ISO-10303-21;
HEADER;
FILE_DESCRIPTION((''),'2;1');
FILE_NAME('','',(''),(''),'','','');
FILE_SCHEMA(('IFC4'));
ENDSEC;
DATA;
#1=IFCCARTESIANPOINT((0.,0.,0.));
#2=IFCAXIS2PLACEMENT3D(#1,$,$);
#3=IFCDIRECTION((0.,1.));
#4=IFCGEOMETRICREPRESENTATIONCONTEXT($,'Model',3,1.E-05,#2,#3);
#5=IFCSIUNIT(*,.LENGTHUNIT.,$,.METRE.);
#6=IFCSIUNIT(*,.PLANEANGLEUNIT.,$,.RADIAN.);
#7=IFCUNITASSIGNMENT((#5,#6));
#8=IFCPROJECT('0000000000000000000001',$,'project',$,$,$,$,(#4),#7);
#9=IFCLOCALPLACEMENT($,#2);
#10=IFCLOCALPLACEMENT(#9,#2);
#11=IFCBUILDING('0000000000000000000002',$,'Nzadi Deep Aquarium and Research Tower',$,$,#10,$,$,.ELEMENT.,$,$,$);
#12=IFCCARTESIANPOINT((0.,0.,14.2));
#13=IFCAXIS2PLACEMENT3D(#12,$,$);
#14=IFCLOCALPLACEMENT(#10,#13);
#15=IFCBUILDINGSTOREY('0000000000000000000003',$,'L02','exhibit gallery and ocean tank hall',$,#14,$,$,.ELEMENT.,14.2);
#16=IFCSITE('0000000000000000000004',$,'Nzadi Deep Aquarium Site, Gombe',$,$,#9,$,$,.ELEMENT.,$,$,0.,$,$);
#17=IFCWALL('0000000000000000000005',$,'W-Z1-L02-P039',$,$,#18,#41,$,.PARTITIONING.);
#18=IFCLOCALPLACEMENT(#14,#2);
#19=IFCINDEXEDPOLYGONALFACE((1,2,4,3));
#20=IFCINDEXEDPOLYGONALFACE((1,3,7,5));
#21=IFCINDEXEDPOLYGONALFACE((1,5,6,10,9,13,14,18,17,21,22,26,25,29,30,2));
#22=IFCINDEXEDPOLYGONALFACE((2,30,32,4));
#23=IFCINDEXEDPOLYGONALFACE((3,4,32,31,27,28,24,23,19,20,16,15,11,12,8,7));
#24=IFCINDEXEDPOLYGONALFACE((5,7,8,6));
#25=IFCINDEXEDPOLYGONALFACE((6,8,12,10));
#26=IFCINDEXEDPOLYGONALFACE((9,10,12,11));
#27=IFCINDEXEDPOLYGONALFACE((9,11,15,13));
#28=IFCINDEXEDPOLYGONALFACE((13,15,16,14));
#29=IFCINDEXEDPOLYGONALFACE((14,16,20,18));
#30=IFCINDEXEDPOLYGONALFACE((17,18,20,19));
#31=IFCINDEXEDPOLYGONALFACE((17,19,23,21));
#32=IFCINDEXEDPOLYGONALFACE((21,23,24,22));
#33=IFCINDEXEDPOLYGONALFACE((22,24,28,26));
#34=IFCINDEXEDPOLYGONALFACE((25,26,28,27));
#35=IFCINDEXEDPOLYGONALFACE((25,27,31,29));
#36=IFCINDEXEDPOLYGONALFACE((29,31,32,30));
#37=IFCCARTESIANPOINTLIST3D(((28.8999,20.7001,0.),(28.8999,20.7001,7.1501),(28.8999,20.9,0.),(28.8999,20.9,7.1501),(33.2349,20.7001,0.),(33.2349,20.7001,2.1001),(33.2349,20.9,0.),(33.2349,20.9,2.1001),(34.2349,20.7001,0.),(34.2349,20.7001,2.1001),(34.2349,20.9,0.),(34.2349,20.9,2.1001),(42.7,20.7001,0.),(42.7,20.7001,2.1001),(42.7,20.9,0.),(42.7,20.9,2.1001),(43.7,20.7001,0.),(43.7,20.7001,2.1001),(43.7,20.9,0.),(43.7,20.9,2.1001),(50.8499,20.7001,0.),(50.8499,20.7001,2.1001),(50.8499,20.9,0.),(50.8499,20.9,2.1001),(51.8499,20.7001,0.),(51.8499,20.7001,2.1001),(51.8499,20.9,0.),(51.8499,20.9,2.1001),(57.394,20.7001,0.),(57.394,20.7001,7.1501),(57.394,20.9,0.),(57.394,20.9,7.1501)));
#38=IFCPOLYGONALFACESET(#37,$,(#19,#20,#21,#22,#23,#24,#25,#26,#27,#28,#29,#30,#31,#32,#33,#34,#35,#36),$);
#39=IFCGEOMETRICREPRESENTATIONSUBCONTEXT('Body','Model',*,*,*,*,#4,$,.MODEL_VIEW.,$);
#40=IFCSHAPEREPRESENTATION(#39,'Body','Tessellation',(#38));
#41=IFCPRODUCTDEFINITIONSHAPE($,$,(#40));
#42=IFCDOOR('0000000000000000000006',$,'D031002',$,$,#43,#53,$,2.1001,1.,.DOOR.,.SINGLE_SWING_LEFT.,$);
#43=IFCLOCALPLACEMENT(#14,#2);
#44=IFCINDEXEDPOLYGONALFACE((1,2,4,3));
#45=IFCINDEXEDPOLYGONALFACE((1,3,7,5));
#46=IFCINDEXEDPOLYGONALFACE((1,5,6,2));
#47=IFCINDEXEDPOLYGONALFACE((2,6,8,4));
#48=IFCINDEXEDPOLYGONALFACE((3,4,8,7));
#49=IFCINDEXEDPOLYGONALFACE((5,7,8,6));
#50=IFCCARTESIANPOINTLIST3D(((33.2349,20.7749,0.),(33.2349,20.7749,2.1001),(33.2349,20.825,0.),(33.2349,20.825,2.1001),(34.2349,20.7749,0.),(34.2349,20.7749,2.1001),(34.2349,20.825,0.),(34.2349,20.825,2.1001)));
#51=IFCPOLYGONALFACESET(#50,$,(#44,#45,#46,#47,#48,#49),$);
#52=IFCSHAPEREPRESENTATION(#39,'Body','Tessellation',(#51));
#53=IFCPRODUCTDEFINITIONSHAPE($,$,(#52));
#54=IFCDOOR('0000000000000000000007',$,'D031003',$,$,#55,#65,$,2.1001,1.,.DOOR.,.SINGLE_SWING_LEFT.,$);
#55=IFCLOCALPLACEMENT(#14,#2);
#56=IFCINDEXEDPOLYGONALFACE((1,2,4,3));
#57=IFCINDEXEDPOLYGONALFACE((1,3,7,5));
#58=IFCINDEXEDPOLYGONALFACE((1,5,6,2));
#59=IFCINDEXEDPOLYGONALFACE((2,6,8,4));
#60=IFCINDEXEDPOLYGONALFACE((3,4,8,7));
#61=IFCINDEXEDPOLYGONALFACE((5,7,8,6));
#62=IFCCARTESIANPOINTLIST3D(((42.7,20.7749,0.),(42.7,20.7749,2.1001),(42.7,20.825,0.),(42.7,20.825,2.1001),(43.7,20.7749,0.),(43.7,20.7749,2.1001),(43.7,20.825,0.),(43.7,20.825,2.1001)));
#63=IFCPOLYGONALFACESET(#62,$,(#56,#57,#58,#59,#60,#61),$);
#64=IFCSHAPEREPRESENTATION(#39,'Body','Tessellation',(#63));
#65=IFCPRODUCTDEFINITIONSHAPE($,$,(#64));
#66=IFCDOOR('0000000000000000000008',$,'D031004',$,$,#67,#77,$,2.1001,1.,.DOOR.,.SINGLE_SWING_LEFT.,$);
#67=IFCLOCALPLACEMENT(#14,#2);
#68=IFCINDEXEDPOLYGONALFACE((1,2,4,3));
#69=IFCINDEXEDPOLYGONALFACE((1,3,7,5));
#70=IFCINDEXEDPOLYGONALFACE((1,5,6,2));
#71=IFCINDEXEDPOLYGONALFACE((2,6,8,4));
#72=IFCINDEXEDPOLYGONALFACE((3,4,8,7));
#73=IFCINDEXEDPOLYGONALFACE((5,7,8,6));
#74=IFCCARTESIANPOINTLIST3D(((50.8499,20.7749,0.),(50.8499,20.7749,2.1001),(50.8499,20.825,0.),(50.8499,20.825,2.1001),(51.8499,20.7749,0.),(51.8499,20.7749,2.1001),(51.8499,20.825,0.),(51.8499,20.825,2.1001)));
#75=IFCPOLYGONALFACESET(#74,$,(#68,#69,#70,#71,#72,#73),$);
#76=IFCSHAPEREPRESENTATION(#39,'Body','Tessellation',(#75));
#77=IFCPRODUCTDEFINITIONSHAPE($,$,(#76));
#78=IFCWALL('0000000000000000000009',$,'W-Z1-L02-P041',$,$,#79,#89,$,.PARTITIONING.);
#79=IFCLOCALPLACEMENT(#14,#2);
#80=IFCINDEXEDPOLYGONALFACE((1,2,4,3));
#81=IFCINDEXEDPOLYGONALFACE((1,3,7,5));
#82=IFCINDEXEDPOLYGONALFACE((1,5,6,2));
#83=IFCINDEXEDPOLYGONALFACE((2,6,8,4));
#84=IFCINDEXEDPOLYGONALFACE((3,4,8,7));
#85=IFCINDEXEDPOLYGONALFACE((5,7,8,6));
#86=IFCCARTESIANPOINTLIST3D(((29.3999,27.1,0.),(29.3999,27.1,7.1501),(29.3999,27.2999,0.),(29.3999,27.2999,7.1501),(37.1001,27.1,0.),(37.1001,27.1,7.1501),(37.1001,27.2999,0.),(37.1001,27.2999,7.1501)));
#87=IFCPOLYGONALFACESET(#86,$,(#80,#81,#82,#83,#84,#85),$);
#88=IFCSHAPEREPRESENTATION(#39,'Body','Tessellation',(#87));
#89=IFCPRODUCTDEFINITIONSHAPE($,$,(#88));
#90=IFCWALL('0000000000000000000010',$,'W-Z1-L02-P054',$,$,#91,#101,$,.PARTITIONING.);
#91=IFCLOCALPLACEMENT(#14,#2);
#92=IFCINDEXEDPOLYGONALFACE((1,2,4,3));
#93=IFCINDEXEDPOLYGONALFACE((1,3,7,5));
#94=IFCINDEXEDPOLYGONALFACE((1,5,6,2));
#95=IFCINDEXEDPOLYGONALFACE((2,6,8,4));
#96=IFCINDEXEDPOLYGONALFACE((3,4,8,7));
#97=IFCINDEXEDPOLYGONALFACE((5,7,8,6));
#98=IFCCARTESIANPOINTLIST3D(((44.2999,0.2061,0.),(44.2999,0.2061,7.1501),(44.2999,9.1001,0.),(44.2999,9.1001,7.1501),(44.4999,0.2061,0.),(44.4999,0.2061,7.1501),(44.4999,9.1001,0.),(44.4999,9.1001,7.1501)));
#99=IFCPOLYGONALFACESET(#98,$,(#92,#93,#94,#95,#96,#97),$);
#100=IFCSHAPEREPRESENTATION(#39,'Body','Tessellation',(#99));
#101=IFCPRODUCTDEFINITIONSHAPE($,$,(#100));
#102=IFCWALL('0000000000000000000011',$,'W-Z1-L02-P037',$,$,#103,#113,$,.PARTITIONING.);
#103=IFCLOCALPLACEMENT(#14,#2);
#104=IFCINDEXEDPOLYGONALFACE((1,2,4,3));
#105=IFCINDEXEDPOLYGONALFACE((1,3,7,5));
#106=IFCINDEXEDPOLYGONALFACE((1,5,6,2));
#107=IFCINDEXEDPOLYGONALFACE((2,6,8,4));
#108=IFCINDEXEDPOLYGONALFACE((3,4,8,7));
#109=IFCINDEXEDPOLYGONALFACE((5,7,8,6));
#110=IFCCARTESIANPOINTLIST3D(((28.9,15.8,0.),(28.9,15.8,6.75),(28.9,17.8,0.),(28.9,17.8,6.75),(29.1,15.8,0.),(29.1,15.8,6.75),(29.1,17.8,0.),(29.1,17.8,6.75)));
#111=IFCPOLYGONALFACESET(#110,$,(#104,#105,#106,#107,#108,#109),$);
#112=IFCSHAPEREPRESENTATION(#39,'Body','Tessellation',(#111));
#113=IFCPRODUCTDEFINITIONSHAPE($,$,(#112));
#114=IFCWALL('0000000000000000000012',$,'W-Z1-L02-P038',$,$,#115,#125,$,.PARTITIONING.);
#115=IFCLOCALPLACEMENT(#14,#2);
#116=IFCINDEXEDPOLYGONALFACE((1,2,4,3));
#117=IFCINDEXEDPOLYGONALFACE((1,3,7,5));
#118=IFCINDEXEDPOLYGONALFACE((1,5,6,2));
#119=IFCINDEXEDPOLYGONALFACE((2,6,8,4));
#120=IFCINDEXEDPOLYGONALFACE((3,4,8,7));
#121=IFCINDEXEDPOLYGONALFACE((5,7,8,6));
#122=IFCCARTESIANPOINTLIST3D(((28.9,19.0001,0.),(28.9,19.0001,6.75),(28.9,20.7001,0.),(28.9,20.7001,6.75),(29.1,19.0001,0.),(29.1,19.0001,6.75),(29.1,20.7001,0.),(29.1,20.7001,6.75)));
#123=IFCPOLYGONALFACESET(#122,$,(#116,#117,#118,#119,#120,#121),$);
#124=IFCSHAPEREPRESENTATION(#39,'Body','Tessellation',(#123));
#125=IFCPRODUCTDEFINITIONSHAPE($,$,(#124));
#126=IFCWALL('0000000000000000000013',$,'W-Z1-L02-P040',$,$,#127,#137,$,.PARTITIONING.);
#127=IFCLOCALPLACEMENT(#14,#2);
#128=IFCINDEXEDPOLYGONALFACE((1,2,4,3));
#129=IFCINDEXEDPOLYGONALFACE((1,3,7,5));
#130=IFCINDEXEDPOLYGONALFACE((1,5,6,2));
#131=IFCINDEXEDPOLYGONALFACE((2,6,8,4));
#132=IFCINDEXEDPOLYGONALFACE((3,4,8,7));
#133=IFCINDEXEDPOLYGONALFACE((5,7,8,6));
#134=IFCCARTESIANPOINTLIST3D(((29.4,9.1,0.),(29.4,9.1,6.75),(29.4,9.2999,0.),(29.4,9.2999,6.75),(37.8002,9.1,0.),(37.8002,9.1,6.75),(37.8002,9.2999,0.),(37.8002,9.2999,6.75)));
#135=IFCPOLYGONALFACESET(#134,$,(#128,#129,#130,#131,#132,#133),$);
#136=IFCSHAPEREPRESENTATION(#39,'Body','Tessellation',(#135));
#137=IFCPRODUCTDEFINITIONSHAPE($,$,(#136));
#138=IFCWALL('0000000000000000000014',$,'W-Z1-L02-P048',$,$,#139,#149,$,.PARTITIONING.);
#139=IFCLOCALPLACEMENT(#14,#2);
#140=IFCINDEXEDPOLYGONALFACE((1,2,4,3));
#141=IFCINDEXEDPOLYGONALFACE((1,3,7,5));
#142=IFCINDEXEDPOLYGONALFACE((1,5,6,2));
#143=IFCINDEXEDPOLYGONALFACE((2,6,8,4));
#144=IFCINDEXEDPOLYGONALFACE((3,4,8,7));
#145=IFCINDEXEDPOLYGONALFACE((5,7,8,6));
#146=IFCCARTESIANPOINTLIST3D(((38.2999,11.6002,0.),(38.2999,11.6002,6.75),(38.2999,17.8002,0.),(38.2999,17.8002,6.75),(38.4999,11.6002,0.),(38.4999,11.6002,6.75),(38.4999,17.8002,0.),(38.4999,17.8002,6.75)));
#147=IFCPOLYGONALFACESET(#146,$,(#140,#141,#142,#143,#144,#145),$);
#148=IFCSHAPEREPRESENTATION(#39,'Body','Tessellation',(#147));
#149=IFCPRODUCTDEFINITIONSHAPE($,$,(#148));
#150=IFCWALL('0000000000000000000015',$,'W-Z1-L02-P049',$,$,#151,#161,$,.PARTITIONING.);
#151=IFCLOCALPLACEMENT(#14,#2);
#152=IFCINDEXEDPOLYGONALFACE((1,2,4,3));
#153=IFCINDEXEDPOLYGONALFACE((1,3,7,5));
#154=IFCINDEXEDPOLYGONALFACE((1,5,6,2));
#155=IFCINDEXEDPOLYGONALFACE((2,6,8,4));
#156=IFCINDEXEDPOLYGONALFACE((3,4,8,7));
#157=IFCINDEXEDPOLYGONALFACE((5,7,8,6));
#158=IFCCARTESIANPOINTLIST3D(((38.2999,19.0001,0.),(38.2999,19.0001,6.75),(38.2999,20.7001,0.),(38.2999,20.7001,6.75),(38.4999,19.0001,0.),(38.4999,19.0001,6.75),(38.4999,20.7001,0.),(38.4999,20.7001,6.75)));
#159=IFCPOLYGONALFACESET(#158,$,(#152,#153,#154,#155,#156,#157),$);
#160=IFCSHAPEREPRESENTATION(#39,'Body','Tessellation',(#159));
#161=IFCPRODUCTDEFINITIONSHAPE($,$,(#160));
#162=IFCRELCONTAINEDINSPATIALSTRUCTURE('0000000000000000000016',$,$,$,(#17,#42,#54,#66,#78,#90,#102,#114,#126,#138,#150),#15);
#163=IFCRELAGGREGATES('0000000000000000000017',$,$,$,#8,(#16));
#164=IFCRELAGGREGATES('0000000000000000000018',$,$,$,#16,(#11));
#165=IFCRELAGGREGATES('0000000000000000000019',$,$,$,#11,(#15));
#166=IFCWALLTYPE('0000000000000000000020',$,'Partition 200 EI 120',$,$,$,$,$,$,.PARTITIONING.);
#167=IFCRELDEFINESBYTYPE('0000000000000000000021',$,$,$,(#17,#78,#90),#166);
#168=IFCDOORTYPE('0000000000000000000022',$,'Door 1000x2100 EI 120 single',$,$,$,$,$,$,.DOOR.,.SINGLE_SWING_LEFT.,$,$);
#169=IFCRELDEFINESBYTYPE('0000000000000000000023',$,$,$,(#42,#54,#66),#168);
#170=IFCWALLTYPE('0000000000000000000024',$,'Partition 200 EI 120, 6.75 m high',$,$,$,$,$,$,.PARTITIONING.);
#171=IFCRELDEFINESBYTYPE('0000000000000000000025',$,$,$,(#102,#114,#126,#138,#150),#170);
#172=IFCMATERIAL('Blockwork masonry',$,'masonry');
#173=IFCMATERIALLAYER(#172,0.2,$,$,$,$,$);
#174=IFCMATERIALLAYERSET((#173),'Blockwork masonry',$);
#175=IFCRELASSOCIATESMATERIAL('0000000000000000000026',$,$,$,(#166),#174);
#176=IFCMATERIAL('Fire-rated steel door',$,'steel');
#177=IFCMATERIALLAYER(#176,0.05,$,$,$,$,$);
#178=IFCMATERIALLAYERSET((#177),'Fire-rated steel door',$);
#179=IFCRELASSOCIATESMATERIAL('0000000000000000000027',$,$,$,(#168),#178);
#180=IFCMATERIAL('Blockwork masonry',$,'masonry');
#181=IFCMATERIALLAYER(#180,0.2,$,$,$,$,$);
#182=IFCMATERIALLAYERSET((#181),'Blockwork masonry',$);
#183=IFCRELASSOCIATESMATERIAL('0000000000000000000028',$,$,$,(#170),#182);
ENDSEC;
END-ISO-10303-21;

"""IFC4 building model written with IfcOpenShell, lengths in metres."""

from ifc_helpers import new_model, si_unit, direction, frame, frame_2d, origin, place, context, subcontext, project, spatial, rectangle, extrude, material, layer, layer_set, type_object, element, fill, save


model = new_model("IFC4")

# Units and contexts
model_context = context("Model", 3, precision=1e-05, world=origin(), true_north=direction((0.0, 1.0)))
body_context = subcontext(model_context, "Body", "Model", "MODEL_VIEW")
ifc_project = project(units=[si_unit("LENGTHUNIT", "METRE"), si_unit("PLANEANGLEUNIT", "RADIAN")], contexts=[model_context])

# Site, building, storey
site_placement = place(None, origin())
site = spatial("IfcSite", under=ifc_project, at=site_placement, Name="Nzadi Deep Aquarium Site, Gombe", CompositionType="ELEMENT", RefElevation=0.0)
building_placement = place(site_placement, origin())
building = spatial("IfcBuilding", under=site, at=building_placement, Name="Nzadi Deep Aquarium and Research Tower", CompositionType="ELEMENT")
storey_placement = place(building_placement, frame((0.0, 0.0, 14.2)))
storey = spatial("IfcBuildingStorey", under=building, at=storey_placement, Name="L02", Description="exhibit gallery and ocean tank hall", CompositionType="ELEMENT", Elevation=14.2)

# Wall, openings, doors
ifc_material_1 = material(Name="Blockwork masonry", Category="masonry")
ifc_layer_1 = layer(ifc_material_1, 0.2)
ifc_layer_set_1 = layer_set([ifc_layer_1], Name="Blockwork masonry")
wall_type_1 = type_object("IfcWallType", Name="Partition 200 EI 120", PredefinedType="PARTITIONING", material=ifc_layer_set_1)
wall_1_placement = place(storey_placement, frame((28.8999, 20.8, 0.0), z_axis=(0.0, 0.0, 1.0), x_axis=(1.0, 0.0, 0.0)))
wall_1 = element("IfcWall", 1, at=wall_1_placement, inside=storey, type_object=wall_type_1, Name="W-Z1-L02-P039", PredefinedType="PARTITIONING", context=body_context, shape_type="SweptSolid", body=[
    extrude(rectangle(XDim=28.4941, YDim=0.2, at=frame_2d((14.2471, 0.0))), origin(), (0.0, 0.0, 1.0), 7.1501),
])
opening_1_placement = place(wall_1_placement, frame((4.335, 0.0, 0.0)))
opening_1 = element("IfcOpeningElement", 2, at=opening_1_placement, cuts=wall_1, PredefinedType="OPENING", context=body_context, shape_type="SweptSolid", body=[
    extrude(rectangle(XDim=1.0, YDim=2.1001, at=frame_2d((0.5, 1.05))), frame((0.0, 0.1101, 0.0), z_axis=(0.0, -1.0, 0.0), x_axis=(1.0, 0.0, 0.0)), (0.0, 0.0, 1.0), 0.2202),
])
opening_2_placement = place(wall_1_placement, frame((13.8, 0.0, 0.0)))
opening_2 = element("IfcOpeningElement", 3, at=opening_2_placement, cuts=wall_1, PredefinedType="OPENING", context=body_context, shape_type="SweptSolid", body=[
    extrude(rectangle(XDim=1.0, YDim=2.1001, at=frame_2d((0.5, 1.05))), frame((0.0, 0.1101, 0.0), z_axis=(0.0, -1.0, 0.0), x_axis=(1.0, 0.0, 0.0)), (0.0, 0.0, 1.0), 0.2202),
])
opening_3_placement = place(wall_1_placement, frame((21.95, 0.0, 0.0)))
opening_3 = element("IfcOpeningElement", 4, at=opening_3_placement, cuts=wall_1, PredefinedType="OPENING", context=body_context, shape_type="SweptSolid", body=[
    extrude(rectangle(XDim=1.0, YDim=2.1001, at=frame_2d((0.5, 1.05))), frame((0.0, 0.1101, 0.0), z_axis=(0.0, -1.0, 0.0), x_axis=(1.0, 0.0, 0.0)), (0.0, 0.0, 1.0), 0.2202),
])
ifc_material_2 = material(Name="Fire-rated steel door", Category="steel")
ifc_layer_2 = layer(ifc_material_2, 0.05)
ifc_layer_set_2 = layer_set([ifc_layer_2], Name="Fire-rated steel door")
door_type = type_object("IfcDoorType", Name="Door 1000x2100 EI 120 single", OperationType="SINGLE_SWING_LEFT", PredefinedType="DOOR", material=ifc_layer_set_2)
door_1_placement = place(opening_1_placement, origin())
door_1 = element("IfcDoor", 5, at=door_1_placement, inside=storey, type_object=door_type, Name="D031002", OperationType="SINGLE_SWING_LEFT", OverallHeight=2.1001, OverallWidth=1.0, PredefinedType="DOOR", context=body_context, shape_type="SweptSolid", body=[
    extrude(rectangle(XDim=1.0, YDim=2.1001, at=frame_2d((0.5, 1.05))), frame((0.0, 0.0249, 0.0), z_axis=(0.0, -1.0, 0.0), x_axis=(1.0, 0.0, 0.0)), (0.0, 0.0, 1.0), 0.05),
])
fill(opening_1, door_1)
door_2_placement = place(opening_2_placement, origin())
door_2 = element("IfcDoor", 6, at=door_2_placement, inside=storey, type_object=door_type, Name="D031003", OperationType="SINGLE_SWING_LEFT", OverallHeight=2.1001, OverallWidth=1.0, PredefinedType="DOOR", context=body_context, shape_type="SweptSolid", body=[
    extrude(rectangle(XDim=1.0, YDim=2.1001, at=frame_2d((0.5, 1.05))), frame((0.0, 0.0249, 0.0), z_axis=(0.0, -1.0, 0.0), x_axis=(1.0, 0.0, 0.0)), (0.0, 0.0, 1.0), 0.05),
])
fill(opening_2, door_2)
door_3_placement = place(opening_3_placement, origin())
door_3 = element("IfcDoor", 7, at=door_3_placement, inside=storey, type_object=door_type, Name="D031004", OperationType="SINGLE_SWING_LEFT", OverallHeight=2.1001, OverallWidth=1.0, PredefinedType="DOOR", context=body_context, shape_type="SweptSolid", body=[
    extrude(rectangle(XDim=1.0, YDim=2.1001, at=frame_2d((0.5, 1.05))), frame((0.0, 0.0249, 0.0), z_axis=(0.0, -1.0, 0.0), x_axis=(1.0, 0.0, 0.0)), (0.0, 0.0, 1.0), 0.05),
])
fill(opening_3, door_3)

# Walls
wall_2_placement = place(storey_placement, frame((29.3999, 27.2, 0.0), z_axis=(0.0, 0.0, 1.0), x_axis=(1.0, 0.0, 0.0)))
element("IfcWall", 8, at=wall_2_placement, inside=storey, type_object=wall_type_1, Name="W-Z1-L02-P041", PredefinedType="PARTITIONING", context=body_context, shape_type="SweptSolid", body=[
    extrude(rectangle(XDim=7.7002, YDim=0.2, at=frame_2d((3.8501, 0.0))), origin(), (0.0, 0.0, 1.0), 7.1501),
])
wall_3_placement = place(storey_placement, frame((44.3999, 0.2061, 0.0), z_axis=(0.0, 0.0, 1.0), x_axis=(0.0, 1.0, 0.0)))
element("IfcWall", 9, at=wall_3_placement, inside=storey, type_object=wall_type_1, Name="W-Z1-L02-P054", PredefinedType="PARTITIONING", context=body_context, shape_type="SweptSolid", body=[
    extrude(rectangle(XDim=8.894, YDim=0.2, at=frame_2d((4.447, 0.0))), origin(), (0.0, 0.0, 1.0), 7.1501),
])
ifc_material_3 = material(Name="Blockwork masonry", Category="masonry")
ifc_layer_3 = layer(ifc_material_3, 0.2)
ifc_layer_set_3 = layer_set([ifc_layer_3], Name="Blockwork masonry")
wall_type_2 = type_object("IfcWallType", Name="Partition 200 EI 120, 6.75 m high", PredefinedType="PARTITIONING", material=ifc_layer_set_3)
wall_4_placement = place(storey_placement, frame((29.0, 15.8, 0.0), z_axis=(0.0, 0.0, 1.0), x_axis=(0.0, 1.0, 0.0)))
element("IfcWall", 10, at=wall_4_placement, inside=storey, type_object=wall_type_2, Name="W-Z1-L02-P037", PredefinedType="PARTITIONING", context=body_context, shape_type="SweptSolid", body=[
    extrude(rectangle(XDim=2.0, YDim=0.2, at=frame_2d((1.0, 0.0))), origin(), (0.0, 0.0, 1.0), 6.75),
])
wall_5_placement = place(storey_placement, frame((29.0, 19.0, 0.0), z_axis=(0.0, 0.0, 1.0), x_axis=(0.0, 1.0, 0.0)))
element("IfcWall", 11, at=wall_5_placement, inside=storey, type_object=wall_type_2, Name="W-Z1-L02-P038", PredefinedType="PARTITIONING", context=body_context, shape_type="SweptSolid", body=[
    extrude(rectangle(XDim=1.7, YDim=0.2, at=frame_2d((0.8501, 0.0))), origin(), (0.0, 0.0, 1.0), 6.75),
])
wall_6_placement = place(storey_placement, frame((29.3999, 9.2, 0.0), z_axis=(0.0, 0.0, 1.0), x_axis=(1.0, 0.0, 0.0)))
element("IfcWall", 12, at=wall_6_placement, inside=storey, type_object=wall_type_2, Name="W-Z1-L02-P040", PredefinedType="PARTITIONING", context=body_context, shape_type="SweptSolid", body=[
    extrude(rectangle(XDim=8.4001, YDim=0.2, at=frame_2d((4.2002, 0.0))), origin(), (0.0, 0.0, 1.0), 6.75),
])
wall_7_placement = place(storey_placement, frame((38.3999, 11.6001, 0.0), z_axis=(0.0, 0.0, 1.0), x_axis=(0.0, 1.0, 0.0)))
element("IfcWall", 13, at=wall_7_placement, inside=storey, type_object=wall_type_2, Name="W-Z1-L02-P048", PredefinedType="PARTITIONING", context=body_context, shape_type="SweptSolid", body=[
    extrude(rectangle(XDim=6.2, YDim=0.2, at=frame_2d((3.1001, 0.0))), origin(), (0.0, 0.0, 1.0), 6.75),
])
wall_8_placement = place(storey_placement, frame((38.3999, 19.0, 0.0), z_axis=(0.0, 0.0, 1.0), x_axis=(0.0, 1.0, 0.0)))
element("IfcWall", 14, at=wall_8_placement, inside=storey, type_object=wall_type_2, Name="W-Z1-L02-P049", PredefinedType="PARTITIONING", context=body_context, shape_type="SweptSolid", body=[
    extrude(rectangle(XDim=1.7, YDim=0.2, at=frame_2d((0.8501, 0.0))), origin(), (0.0, 0.0, 1.0), 6.75),
])

save(model, "model.ifc")
